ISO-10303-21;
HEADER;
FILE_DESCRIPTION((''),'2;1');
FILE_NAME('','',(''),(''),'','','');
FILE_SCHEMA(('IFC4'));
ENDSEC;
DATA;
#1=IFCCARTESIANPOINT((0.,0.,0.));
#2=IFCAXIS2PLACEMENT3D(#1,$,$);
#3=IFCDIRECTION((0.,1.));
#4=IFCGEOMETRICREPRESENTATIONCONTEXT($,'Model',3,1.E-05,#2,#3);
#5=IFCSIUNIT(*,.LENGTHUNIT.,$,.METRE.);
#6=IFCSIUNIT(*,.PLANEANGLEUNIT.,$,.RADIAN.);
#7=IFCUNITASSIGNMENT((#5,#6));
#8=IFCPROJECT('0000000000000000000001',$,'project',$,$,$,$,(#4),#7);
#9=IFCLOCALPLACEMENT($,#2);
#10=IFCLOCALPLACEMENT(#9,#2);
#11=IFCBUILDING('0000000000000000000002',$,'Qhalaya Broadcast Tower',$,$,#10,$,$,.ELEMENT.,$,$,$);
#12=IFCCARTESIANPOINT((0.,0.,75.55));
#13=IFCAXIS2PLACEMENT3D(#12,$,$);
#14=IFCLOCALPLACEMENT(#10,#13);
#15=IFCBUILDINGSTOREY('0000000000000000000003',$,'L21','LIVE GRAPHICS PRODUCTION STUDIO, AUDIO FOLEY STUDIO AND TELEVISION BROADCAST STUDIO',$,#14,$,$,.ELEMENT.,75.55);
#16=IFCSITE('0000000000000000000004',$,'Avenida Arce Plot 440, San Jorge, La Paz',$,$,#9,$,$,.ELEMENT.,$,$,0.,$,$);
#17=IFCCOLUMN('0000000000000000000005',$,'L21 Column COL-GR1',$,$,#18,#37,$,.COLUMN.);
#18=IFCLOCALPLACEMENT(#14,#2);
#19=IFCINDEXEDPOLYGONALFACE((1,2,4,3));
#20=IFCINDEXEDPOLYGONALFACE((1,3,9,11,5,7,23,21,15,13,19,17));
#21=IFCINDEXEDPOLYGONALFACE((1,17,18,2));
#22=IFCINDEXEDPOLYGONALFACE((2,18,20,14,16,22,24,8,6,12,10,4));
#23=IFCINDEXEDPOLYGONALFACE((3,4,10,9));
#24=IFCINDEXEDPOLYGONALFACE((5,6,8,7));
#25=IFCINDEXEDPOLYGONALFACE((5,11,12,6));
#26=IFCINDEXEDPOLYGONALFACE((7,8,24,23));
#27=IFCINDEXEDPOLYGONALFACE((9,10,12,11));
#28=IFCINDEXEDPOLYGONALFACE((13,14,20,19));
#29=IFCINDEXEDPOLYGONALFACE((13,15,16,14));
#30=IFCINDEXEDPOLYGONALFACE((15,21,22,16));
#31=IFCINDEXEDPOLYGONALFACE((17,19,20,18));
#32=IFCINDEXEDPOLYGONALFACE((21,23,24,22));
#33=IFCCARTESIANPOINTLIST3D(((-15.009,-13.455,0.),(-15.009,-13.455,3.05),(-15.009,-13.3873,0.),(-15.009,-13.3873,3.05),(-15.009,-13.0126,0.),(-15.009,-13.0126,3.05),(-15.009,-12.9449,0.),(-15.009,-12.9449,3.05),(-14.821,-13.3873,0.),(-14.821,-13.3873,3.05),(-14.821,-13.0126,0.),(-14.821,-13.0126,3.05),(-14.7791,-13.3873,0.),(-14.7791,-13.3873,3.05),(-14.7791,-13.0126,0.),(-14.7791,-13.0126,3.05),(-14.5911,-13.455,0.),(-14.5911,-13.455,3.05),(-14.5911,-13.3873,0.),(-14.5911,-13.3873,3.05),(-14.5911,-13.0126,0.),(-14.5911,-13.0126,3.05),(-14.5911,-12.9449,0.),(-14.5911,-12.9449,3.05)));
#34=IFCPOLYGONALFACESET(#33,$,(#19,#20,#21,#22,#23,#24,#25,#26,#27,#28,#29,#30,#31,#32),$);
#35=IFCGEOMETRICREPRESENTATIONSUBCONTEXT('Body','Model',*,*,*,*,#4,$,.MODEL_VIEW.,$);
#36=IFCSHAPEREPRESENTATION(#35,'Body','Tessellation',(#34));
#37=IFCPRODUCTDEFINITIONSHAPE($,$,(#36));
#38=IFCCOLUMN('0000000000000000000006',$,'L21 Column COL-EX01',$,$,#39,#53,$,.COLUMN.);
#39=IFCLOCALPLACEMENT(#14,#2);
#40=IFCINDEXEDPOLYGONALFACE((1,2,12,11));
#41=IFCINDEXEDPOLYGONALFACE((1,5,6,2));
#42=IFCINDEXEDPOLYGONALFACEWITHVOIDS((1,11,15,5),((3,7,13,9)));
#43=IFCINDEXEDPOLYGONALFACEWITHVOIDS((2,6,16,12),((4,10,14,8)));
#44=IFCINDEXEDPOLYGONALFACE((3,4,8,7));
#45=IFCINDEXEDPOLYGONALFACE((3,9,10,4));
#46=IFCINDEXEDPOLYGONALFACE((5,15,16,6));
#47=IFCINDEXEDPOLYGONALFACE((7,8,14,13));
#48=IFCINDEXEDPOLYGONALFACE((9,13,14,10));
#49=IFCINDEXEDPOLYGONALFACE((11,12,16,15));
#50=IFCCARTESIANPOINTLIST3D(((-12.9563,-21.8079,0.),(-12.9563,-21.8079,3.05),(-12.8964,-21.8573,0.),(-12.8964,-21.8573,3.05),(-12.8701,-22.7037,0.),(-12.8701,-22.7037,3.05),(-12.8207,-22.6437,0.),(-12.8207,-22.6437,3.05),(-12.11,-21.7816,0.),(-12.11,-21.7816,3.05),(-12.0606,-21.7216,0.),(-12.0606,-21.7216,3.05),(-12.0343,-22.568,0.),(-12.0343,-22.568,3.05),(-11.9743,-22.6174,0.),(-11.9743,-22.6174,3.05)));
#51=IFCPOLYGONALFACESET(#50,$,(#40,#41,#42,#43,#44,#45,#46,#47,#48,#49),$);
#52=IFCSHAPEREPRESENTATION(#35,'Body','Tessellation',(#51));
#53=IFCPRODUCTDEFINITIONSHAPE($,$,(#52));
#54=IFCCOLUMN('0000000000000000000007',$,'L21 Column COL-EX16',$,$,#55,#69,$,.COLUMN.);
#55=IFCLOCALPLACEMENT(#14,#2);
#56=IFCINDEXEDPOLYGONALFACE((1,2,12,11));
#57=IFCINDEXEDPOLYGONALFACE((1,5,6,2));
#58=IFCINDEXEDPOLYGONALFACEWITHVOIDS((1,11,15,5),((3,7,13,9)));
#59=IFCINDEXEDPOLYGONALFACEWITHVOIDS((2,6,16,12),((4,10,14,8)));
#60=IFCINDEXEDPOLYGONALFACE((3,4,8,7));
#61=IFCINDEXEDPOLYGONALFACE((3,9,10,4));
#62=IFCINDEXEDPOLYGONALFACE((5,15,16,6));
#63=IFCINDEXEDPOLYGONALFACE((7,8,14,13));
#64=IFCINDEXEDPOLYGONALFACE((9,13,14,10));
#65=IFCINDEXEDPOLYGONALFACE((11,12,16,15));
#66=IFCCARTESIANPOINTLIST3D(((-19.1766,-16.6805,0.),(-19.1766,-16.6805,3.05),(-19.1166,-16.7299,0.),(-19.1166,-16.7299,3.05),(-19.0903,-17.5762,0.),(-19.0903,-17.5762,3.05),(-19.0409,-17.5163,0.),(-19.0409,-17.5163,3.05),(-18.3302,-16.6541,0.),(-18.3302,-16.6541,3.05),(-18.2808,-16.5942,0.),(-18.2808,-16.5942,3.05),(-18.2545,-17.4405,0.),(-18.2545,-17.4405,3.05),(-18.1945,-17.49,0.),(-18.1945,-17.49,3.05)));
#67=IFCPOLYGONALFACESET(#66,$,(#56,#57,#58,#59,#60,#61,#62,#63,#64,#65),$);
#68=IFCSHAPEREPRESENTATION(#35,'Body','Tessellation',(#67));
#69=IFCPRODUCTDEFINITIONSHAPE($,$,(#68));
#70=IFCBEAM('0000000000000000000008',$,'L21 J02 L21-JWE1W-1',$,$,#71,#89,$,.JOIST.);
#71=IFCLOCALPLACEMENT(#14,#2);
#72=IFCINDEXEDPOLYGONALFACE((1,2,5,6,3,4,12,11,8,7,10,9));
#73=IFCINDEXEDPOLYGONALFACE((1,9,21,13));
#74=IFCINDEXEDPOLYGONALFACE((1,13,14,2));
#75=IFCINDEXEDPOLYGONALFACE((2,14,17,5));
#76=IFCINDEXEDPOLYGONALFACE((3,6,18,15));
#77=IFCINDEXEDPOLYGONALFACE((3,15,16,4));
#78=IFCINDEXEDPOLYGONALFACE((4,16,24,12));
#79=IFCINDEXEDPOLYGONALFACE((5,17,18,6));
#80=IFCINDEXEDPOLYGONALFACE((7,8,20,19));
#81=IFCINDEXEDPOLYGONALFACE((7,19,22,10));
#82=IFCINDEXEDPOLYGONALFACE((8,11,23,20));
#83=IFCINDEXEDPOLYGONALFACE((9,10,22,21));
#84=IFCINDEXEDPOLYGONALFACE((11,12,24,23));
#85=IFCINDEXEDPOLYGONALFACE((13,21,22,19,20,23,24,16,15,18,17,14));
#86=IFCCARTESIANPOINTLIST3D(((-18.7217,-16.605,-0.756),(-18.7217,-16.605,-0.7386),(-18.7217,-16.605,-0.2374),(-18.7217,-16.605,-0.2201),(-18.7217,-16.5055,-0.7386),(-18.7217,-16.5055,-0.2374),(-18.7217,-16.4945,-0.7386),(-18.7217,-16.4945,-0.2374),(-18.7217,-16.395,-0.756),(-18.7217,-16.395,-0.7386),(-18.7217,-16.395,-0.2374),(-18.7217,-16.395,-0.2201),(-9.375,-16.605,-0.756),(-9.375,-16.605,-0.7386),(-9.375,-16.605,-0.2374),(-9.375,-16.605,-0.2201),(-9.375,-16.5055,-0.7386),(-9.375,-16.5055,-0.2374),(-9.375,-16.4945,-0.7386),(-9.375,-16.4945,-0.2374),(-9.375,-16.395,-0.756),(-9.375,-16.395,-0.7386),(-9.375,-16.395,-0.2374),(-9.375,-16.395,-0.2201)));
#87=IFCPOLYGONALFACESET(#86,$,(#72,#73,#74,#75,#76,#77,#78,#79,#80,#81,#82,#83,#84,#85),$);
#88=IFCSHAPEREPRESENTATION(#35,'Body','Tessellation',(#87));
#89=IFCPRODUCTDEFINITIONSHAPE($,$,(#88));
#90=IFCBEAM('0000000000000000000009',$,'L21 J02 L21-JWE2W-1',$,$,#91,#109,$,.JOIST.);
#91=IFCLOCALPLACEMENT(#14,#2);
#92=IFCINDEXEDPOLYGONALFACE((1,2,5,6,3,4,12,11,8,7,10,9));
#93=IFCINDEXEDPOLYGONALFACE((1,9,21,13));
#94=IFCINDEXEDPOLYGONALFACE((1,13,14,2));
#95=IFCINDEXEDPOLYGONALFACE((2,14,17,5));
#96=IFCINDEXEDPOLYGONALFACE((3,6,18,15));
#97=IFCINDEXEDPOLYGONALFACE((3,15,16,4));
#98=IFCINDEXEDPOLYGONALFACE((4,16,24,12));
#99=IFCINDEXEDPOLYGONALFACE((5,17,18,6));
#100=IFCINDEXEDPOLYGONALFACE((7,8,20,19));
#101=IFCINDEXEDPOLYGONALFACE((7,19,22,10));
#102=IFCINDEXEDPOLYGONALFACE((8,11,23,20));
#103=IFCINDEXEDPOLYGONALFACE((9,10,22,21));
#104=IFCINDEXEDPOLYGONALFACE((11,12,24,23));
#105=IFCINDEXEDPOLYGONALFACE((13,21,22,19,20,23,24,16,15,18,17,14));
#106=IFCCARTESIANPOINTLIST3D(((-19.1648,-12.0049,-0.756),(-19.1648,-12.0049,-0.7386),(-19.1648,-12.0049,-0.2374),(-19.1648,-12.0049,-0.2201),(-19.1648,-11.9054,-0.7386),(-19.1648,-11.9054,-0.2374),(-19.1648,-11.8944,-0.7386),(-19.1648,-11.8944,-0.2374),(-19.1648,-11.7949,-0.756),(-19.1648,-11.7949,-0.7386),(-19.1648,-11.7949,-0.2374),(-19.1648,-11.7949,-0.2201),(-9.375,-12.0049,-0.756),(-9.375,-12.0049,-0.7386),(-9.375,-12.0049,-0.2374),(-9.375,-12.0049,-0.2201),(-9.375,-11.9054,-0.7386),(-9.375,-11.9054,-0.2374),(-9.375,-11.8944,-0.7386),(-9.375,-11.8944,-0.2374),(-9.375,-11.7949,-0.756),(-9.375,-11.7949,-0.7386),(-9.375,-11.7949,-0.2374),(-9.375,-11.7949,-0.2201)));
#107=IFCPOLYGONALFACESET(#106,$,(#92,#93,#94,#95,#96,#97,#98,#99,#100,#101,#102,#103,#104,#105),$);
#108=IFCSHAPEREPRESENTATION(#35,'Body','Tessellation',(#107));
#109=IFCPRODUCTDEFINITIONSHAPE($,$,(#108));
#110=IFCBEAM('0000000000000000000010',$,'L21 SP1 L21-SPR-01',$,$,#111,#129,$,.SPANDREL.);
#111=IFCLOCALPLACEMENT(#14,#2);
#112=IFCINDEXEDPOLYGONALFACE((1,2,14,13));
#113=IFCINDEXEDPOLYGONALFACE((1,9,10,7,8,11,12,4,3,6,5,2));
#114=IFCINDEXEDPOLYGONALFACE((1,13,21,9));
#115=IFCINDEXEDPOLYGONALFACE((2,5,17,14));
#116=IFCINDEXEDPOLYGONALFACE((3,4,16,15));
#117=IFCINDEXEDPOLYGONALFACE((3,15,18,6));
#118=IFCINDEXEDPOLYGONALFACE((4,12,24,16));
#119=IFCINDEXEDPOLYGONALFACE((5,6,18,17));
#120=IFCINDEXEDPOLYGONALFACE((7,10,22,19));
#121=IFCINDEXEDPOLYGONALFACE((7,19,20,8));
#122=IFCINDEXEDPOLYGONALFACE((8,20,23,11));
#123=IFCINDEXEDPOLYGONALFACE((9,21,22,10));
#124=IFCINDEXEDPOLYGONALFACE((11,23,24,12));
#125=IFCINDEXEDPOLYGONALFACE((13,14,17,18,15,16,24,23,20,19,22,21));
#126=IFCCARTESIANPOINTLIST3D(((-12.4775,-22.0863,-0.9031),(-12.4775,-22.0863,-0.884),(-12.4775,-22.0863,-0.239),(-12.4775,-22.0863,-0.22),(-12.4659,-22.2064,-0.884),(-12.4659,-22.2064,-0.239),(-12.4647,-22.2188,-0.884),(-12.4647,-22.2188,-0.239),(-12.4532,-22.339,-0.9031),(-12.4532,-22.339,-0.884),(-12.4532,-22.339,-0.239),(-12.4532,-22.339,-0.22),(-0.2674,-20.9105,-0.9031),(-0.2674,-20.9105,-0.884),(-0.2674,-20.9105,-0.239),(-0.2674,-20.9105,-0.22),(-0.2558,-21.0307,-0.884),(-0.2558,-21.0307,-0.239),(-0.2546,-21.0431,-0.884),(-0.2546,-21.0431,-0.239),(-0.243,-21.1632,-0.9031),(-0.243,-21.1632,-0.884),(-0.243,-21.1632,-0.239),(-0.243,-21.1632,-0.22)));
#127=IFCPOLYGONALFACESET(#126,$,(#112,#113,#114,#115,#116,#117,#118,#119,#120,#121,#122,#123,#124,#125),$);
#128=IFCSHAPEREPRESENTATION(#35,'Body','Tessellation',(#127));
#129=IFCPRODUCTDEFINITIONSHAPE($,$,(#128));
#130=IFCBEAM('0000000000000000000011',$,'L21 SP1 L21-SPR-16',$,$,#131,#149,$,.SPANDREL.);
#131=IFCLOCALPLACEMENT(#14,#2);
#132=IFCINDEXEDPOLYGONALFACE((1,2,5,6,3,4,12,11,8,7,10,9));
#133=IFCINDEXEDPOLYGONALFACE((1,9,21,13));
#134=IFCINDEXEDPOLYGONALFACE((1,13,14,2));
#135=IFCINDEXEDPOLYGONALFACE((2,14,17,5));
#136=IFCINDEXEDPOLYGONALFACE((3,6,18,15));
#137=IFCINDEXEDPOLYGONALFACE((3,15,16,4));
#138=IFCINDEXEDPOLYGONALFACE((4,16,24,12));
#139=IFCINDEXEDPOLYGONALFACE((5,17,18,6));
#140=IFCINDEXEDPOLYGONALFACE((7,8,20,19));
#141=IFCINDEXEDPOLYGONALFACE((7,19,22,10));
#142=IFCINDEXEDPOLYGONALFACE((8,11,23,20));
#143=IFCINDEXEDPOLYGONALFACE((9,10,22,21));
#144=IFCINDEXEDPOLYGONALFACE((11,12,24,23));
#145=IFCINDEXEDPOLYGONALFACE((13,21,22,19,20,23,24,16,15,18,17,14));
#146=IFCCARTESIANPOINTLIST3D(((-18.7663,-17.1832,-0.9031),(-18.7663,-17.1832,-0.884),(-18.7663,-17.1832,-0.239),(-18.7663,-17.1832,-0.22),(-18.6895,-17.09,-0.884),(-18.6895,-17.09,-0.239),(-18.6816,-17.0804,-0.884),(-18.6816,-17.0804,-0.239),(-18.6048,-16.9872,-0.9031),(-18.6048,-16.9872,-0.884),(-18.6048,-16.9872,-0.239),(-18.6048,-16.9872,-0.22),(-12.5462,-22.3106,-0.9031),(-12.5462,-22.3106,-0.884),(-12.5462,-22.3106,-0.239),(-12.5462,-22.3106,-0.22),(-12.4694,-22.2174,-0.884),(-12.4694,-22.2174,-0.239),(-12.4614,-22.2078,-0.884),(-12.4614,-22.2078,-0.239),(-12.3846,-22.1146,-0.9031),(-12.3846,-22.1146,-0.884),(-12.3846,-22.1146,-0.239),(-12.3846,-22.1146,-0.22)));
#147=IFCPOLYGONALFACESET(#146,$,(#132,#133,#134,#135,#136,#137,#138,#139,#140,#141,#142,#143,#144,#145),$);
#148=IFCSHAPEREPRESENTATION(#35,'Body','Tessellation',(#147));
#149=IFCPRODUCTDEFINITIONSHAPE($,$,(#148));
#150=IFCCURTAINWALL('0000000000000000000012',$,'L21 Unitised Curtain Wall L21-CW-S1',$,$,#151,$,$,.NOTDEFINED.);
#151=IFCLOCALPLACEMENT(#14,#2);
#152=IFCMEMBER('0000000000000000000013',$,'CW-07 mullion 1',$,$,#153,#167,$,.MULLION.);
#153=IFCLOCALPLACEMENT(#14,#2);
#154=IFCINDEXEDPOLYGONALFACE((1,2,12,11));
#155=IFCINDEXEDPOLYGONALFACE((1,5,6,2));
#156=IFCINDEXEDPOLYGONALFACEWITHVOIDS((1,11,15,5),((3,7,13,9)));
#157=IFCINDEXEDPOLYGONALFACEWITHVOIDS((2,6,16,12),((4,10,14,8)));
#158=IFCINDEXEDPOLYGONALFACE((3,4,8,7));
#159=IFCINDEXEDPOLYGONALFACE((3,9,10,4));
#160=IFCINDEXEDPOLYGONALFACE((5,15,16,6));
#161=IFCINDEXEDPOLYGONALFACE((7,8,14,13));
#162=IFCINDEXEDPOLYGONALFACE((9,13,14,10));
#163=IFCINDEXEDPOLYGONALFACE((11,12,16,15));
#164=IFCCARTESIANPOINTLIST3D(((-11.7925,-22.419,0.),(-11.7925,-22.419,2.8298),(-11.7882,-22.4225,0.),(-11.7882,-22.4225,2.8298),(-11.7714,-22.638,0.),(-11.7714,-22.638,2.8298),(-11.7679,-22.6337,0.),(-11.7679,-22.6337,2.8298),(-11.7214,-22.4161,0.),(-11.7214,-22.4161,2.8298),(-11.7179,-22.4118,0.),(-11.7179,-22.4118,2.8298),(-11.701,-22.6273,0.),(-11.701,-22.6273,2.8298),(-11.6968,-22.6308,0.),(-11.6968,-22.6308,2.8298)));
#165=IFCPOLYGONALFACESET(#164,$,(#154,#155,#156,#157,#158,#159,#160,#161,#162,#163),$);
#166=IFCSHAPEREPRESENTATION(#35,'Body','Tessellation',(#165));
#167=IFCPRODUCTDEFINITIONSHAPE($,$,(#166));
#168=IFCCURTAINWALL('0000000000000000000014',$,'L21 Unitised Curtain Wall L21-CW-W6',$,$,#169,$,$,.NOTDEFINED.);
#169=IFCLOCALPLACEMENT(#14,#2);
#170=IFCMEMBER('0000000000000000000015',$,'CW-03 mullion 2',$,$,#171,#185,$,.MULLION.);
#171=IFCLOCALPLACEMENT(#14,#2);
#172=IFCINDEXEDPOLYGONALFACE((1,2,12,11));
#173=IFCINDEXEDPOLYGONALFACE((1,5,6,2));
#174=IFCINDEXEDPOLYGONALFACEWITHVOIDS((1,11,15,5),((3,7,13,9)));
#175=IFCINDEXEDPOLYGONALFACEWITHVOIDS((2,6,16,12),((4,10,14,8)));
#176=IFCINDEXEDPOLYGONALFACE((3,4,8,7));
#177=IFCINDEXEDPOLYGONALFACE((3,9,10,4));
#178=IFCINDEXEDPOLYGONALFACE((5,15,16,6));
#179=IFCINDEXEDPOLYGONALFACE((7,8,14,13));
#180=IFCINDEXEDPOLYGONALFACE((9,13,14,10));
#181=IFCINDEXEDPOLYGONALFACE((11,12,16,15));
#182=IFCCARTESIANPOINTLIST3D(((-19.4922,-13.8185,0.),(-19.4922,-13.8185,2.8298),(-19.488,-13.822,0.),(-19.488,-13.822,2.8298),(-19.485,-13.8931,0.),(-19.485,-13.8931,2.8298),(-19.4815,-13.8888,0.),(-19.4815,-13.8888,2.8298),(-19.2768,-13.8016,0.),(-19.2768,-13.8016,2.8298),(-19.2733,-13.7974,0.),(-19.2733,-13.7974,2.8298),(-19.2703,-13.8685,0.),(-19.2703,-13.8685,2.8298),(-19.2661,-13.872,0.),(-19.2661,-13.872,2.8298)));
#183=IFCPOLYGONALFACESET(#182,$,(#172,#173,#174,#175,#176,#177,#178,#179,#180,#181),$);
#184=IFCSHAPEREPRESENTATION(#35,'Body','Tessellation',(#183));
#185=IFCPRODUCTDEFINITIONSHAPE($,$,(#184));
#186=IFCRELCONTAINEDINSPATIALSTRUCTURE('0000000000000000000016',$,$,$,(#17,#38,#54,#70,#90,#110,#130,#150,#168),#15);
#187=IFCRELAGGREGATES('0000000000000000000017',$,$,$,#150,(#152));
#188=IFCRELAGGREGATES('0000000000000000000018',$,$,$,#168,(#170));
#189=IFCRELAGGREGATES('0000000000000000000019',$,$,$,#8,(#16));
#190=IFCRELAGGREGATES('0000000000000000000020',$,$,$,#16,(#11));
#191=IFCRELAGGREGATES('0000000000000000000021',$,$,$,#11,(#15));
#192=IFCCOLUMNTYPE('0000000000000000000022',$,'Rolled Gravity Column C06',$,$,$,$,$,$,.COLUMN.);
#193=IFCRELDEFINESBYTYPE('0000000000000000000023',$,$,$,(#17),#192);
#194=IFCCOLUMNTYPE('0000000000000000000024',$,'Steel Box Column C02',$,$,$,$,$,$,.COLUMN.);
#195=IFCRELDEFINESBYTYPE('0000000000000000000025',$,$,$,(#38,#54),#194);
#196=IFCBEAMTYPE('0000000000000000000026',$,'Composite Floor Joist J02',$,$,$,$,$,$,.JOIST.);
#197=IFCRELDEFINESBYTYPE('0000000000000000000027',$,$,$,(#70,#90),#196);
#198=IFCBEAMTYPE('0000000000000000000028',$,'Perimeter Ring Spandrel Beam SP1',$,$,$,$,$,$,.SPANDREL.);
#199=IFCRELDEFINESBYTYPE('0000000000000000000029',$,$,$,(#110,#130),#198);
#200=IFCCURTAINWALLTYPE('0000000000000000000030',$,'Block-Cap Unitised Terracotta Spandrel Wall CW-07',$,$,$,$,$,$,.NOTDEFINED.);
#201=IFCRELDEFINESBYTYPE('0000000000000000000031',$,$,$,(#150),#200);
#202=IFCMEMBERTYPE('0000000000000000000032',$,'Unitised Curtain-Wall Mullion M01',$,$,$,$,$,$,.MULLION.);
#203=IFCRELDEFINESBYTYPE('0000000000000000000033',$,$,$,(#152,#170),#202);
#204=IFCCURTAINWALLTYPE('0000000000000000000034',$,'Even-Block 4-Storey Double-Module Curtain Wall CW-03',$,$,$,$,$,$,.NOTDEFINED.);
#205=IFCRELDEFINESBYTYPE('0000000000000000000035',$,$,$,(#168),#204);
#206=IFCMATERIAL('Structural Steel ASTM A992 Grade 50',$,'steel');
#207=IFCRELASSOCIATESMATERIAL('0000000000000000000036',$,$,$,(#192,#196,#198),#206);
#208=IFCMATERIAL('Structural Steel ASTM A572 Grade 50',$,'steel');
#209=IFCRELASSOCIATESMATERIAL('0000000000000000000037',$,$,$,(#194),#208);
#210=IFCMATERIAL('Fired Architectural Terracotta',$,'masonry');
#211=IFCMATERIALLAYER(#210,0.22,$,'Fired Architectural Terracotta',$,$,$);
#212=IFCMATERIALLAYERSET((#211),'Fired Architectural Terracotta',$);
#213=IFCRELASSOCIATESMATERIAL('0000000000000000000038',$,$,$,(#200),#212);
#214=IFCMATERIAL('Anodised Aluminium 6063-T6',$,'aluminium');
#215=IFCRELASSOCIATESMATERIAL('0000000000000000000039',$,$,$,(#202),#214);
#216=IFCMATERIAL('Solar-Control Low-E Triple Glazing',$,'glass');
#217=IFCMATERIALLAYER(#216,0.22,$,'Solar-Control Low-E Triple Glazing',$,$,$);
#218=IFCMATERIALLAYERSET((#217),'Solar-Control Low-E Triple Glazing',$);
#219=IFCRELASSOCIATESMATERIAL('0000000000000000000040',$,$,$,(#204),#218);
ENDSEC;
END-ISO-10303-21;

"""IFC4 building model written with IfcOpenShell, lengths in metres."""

from ifc_helpers import new_model, si_unit, direction, frame, origin, origin_2d, place, context, subcontext, project, spatial, hollow_rectangle, i_section, extrude, material, layer, layer_set, material_profile, profile_set, type_object, element, aggregate, save


model = new_model("IFC4")

# Units and contexts
model_context = context("Model", 3, precision=1e-05, world=origin(), true_north=direction((0.0, 1.0)))
body_context = subcontext(model_context, "Body", "Model", "MODEL_VIEW")
ifc_project = project(units=[si_unit("LENGTHUNIT", "METRE"), si_unit("PLANEANGLEUNIT", "RADIAN")], contexts=[model_context])

# Site, building, storey
site_placement = place(None, origin())
site = spatial("IfcSite", under=ifc_project, at=site_placement, Name="Avenida Arce Plot 440, San Jorge, La Paz", CompositionType="ELEMENT", RefElevation=0.0)
building_placement = place(site_placement, origin())
building = spatial("IfcBuilding", under=site, at=building_placement, Name="Qhalaya Broadcast Tower", CompositionType="ELEMENT")
storey_placement = place(building_placement, frame((0.0, 0.0, 75.55)))
storey = spatial("IfcBuildingStorey", under=building, at=storey_placement, Name="L21", Description="LIVE GRAPHICS PRODUCTION STUDIO, AUDIO FOLEY STUDIO AND TELEVISION BROADCAST STUDIO", CompositionType="ELEMENT", Elevation=75.55)

# Columns
ifc_material_1 = material(Name="Structural Steel ASTM A992 Grade 50", Category="steel")
ifc_material_profile_1 = material_profile(ifc_material_1, i_section(OverallWidth=0.418, OverallDepth=0.51, WebThickness=0.042, FlangeThickness=0.0676, at=origin_2d()), Name="W14X370")
ifc_profile_set_1 = profile_set([ifc_material_profile_1], Name="Structural Steel ASTM A992 Grade 50")
column_type_1 = type_object("IfcColumnType", Name="Rolled Gravity Column C06", PredefinedType="COLUMN", material=ifc_profile_set_1)
column_placement = place(storey_placement, frame((-14.8, -13.2, 0.0), z_axis=(0.0, 0.0, 1.0), x_axis=(1.0, 0.0, 0.0)))
element("IfcColumn", 1, at=column_placement, inside=storey, type_object=column_type_1, Name="L21 Column COL-GR1", PredefinedType="COLUMN", context=body_context, shape_type="SweptSolid", body=[
    extrude(i_section(OverallWidth=0.418, OverallDepth=0.51, WebThickness=0.042, FlangeThickness=0.0676, at=origin_2d()), origin(), (0.0, 0.0, 1.0), 3.05),
])
ifc_material_2 = material(Name="Structural Steel ASTM A572 Grade 50", Category="steel")
ifc_material_profile_2 = material_profile(ifc_material_2, hollow_rectangle(XDim=0.8999, YDim=0.8999, WallThickness=0.0549, at=origin_2d()), Name="BOX 900x900x55")
ifc_profile_set_2 = profile_set([ifc_material_profile_2], Name="Structural Steel ASTM A572 Grade 50")
column_type_2 = type_object("IfcColumnType", Name="Steel Box Column C02", PredefinedType="COLUMN", material=ifc_profile_set_2)
for number, where, z_axis, x_axis, name in (
    (2, (-12.4653, -22.2126, 0.0), (0.0, 0.0, 1.0), (0.995396, 0.095846, 0.0), "L21 Column COL-EX01"),
    (3, (-18.6855, -17.0852, 0.0), (0.0, 0.0, 1.0), (-0.095846, 0.995396, 0.0), "L21 Column COL-EX16"),
):
    element("IfcColumn", number, at=place(storey_placement, frame(where, z_axis=z_axis, x_axis=x_axis)), inside=storey, type_object=column_type_2, Name=name, PredefinedType="COLUMN", context=body_context, shape_type="SweptSolid", body=[
        extrude(hollow_rectangle(XDim=0.8999, YDim=0.8999, WallThickness=0.0549, at=origin_2d()), origin(), (0.0, 0.0, 1.0), 3.05),
    ])

# Beams
ifc_material_profile_3 = material_profile(ifc_material_1, i_section(OverallWidth=0.21, OverallDepth=0.5359, WebThickness=0.011, FlangeThickness=0.0173, at=origin_2d()), Name="W21X68")
ifc_profile_set_3 = profile_set([ifc_material_profile_3], Name="Structural Steel ASTM A992 Grade 50")
beam_type_1 = type_object("IfcBeamType", Name="Composite Floor Joist J02", PredefinedType="JOIST", material=ifc_profile_set_3)
beam_1_placement = place(storey_placement, frame((-18.7217, -16.5, -0.488), z_axis=(1.0, 0.0, 0.0), x_axis=(0.0, 1.0, 0.0)))
element("IfcBeam", 4, at=beam_1_placement, inside=storey, type_object=beam_type_1, Name="L21 J02 L21-JWE1W-1", PredefinedType="JOIST", context=body_context, shape_type="SweptSolid", body=[
    extrude(i_section(OverallWidth=0.21, OverallDepth=0.5359, WebThickness=0.011, FlangeThickness=0.0173, at=origin_2d()), origin(), (0.0, 0.0, 1.0), 9.3467),
])
beam_2_placement = place(storey_placement, frame((-19.1648, -11.8999, -0.488), z_axis=(1.0, 0.0, 0.0), x_axis=(0.0, 1.0, 0.0)))
element("IfcBeam", 5, at=beam_2_placement, inside=storey, type_object=beam_type_1, Name="L21 J02 L21-JWE2W-1", PredefinedType="JOIST", context=body_context, shape_type="SweptSolid", body=[
    extrude(i_section(OverallWidth=0.21, OverallDepth=0.5359, WebThickness=0.011, FlangeThickness=0.0173, at=origin_2d()), origin(), (0.0, 0.0, 1.0), 9.7898),
])
ifc_material_profile_4 = material_profile(ifc_material_1, i_section(OverallWidth=0.2539, OverallDepth=0.6831, WebThickness=0.0125, FlangeThickness=0.019, at=origin_2d()), Name="W27X94")
ifc_profile_set_4 = profile_set([ifc_material_profile_4], Name="Structural Steel ASTM A992 Grade 50")
beam_type_2 = type_object("IfcBeamType", Name="Perimeter Ring Spandrel Beam SP1", PredefinedType="SPANDREL", material=ifc_profile_set_4)
beam_3_placement = place(storey_placement, frame((-12.4653, -22.2126, -0.5615), z_axis=(0.995396, 0.095852, 0.0), x_axis=(-0.095852, 0.995396, 0.0)))
element("IfcBeam", 6, at=beam_3_placement, inside=storey, type_object=beam_type_2, Name="L21 SP1 L21-SPR-01", PredefinedType="SPANDREL", context=body_context, shape_type="SweptSolid", body=[
    extrude(i_section(OverallWidth=0.2539, OverallDepth=0.6831, WebThickness=0.0125, FlangeThickness=0.019, at=origin_2d()), origin(), (0.0, 0.0, 1.0), 12.2666),
])
beam_4_placement = place(storey_placement, frame((-18.6855, -17.0852, -0.5615), z_axis=(0.771631, -0.63607, 0.0), x_axis=(0.63607, 0.771631, 0.0)))
element("IfcBeam", 7, at=beam_4_placement, inside=storey, type_object=beam_type_2, Name="L21 SP1 L21-SPR-16", PredefinedType="SPANDREL", context=body_context, shape_type="SweptSolid", body=[
    extrude(i_section(OverallWidth=0.2539, OverallDepth=0.6831, WebThickness=0.0125, FlangeThickness=0.019, at=origin_2d()), origin(), (0.0, 0.0, 1.0), 8.061),
])

# Curtain walls, members
ifc_material_3 = material(Name="Fired Architectural Terracotta", Category="masonry")
ifc_layer_1 = layer(ifc_material_3, 0.22, Name="Fired Architectural Terracotta")
ifc_layer_set_1 = layer_set([ifc_layer_1], Name="Fired Architectural Terracotta")
curtain_wall_type_1 = type_object("IfcCurtainWallType", Name="Block-Cap Unitised Terracotta Spandrel Wall CW-07", PredefinedType="NOTDEFINED", material=ifc_layer_set_1)
curtain_wall_1_placement = place(storey_placement, origin())
curtain_wall_1 = element("IfcCurtainWall", 8, at=curtain_wall_1_placement, inside=storey, type_object=curtain_wall_type_1, Name="L21 Unitised Curtain Wall L21-CW-S1", PredefinedType="NOTDEFINED")
ifc_material_4 = material(Name="Anodised Aluminium 6063-T6", Category="aluminium")
ifc_material_profile_5 = material_profile(ifc_material_4, hollow_rectangle(XDim=0.075, YDim=0.22, WallThickness=0.0039, at=origin_2d()), Name="ALU-MUL 75x220x4")
ifc_profile_set_5 = profile_set([ifc_material_profile_5], Name="Anodised Aluminium 6063-T6")
member_type_1 = type_object("IfcMemberType", Name="Unitised Curtain-Wall Mullion M01", PredefinedType="MULLION", material=ifc_profile_set_5)
member_1_placement = place(storey_placement, frame((-11.7446, -22.5249, 0.0), z_axis=(0.0, 0.0, 1.0), x_axis=(0.995397, 0.095837, 0.0)))
member_1 = element("IfcMember", 9, at=member_1_placement, type_object=member_type_1, Name="CW-07 mullion 1", PredefinedType="MULLION", context=body_context, shape_type="SweptSolid", body=[
    extrude(hollow_rectangle(XDim=0.075, YDim=0.22, WallThickness=0.0039, at=origin_2d()), origin(), (0.0, 0.0, 1.0), 2.8298),
])
aggregate(curtain_wall_1, [member_1])
ifc_material_5 = material(Name="Solar-Control Low-E Triple Glazing", Category="glass")
ifc_layer_2 = layer(ifc_material_5, 0.22, Name="Solar-Control Low-E Triple Glazing")
ifc_layer_set_2 = layer_set([ifc_layer_2], Name="Solar-Control Low-E Triple Glazing")
curtain_wall_type_2 = type_object("IfcCurtainWallType", Name="Even-Block 4-Storey Double-Module Curtain Wall CW-03", PredefinedType="NOTDEFINED", material=ifc_layer_set_2)
curtain_wall_2_placement = place(storey_placement, origin())
curtain_wall_2 = element("IfcCurtainWall", 10, at=curtain_wall_2_placement, inside=storey, type_object=curtain_wall_type_2, Name="L21 Unitised Curtain Wall L21-CW-W6", PredefinedType="NOTDEFINED")
member_2_placement = place(storey_placement, frame((-19.3792, -13.8452, 0.0), z_axis=(0.0, 0.0, 1.0), x_axis=(0.095847, -0.995396, 0.0)))
member_2 = element("IfcMember", 11, at=member_2_placement, type_object=member_type_1, Name="CW-03 mullion 2", PredefinedType="MULLION", context=body_context, shape_type="SweptSolid", body=[
    extrude(hollow_rectangle(XDim=0.075, YDim=0.22, WallThickness=0.0039, at=origin_2d()), origin(), (0.0, 0.0, 1.0), 2.8298),
])

aggregate(curtain_wall_2, [member_2])

save(model, "model.ifc")
